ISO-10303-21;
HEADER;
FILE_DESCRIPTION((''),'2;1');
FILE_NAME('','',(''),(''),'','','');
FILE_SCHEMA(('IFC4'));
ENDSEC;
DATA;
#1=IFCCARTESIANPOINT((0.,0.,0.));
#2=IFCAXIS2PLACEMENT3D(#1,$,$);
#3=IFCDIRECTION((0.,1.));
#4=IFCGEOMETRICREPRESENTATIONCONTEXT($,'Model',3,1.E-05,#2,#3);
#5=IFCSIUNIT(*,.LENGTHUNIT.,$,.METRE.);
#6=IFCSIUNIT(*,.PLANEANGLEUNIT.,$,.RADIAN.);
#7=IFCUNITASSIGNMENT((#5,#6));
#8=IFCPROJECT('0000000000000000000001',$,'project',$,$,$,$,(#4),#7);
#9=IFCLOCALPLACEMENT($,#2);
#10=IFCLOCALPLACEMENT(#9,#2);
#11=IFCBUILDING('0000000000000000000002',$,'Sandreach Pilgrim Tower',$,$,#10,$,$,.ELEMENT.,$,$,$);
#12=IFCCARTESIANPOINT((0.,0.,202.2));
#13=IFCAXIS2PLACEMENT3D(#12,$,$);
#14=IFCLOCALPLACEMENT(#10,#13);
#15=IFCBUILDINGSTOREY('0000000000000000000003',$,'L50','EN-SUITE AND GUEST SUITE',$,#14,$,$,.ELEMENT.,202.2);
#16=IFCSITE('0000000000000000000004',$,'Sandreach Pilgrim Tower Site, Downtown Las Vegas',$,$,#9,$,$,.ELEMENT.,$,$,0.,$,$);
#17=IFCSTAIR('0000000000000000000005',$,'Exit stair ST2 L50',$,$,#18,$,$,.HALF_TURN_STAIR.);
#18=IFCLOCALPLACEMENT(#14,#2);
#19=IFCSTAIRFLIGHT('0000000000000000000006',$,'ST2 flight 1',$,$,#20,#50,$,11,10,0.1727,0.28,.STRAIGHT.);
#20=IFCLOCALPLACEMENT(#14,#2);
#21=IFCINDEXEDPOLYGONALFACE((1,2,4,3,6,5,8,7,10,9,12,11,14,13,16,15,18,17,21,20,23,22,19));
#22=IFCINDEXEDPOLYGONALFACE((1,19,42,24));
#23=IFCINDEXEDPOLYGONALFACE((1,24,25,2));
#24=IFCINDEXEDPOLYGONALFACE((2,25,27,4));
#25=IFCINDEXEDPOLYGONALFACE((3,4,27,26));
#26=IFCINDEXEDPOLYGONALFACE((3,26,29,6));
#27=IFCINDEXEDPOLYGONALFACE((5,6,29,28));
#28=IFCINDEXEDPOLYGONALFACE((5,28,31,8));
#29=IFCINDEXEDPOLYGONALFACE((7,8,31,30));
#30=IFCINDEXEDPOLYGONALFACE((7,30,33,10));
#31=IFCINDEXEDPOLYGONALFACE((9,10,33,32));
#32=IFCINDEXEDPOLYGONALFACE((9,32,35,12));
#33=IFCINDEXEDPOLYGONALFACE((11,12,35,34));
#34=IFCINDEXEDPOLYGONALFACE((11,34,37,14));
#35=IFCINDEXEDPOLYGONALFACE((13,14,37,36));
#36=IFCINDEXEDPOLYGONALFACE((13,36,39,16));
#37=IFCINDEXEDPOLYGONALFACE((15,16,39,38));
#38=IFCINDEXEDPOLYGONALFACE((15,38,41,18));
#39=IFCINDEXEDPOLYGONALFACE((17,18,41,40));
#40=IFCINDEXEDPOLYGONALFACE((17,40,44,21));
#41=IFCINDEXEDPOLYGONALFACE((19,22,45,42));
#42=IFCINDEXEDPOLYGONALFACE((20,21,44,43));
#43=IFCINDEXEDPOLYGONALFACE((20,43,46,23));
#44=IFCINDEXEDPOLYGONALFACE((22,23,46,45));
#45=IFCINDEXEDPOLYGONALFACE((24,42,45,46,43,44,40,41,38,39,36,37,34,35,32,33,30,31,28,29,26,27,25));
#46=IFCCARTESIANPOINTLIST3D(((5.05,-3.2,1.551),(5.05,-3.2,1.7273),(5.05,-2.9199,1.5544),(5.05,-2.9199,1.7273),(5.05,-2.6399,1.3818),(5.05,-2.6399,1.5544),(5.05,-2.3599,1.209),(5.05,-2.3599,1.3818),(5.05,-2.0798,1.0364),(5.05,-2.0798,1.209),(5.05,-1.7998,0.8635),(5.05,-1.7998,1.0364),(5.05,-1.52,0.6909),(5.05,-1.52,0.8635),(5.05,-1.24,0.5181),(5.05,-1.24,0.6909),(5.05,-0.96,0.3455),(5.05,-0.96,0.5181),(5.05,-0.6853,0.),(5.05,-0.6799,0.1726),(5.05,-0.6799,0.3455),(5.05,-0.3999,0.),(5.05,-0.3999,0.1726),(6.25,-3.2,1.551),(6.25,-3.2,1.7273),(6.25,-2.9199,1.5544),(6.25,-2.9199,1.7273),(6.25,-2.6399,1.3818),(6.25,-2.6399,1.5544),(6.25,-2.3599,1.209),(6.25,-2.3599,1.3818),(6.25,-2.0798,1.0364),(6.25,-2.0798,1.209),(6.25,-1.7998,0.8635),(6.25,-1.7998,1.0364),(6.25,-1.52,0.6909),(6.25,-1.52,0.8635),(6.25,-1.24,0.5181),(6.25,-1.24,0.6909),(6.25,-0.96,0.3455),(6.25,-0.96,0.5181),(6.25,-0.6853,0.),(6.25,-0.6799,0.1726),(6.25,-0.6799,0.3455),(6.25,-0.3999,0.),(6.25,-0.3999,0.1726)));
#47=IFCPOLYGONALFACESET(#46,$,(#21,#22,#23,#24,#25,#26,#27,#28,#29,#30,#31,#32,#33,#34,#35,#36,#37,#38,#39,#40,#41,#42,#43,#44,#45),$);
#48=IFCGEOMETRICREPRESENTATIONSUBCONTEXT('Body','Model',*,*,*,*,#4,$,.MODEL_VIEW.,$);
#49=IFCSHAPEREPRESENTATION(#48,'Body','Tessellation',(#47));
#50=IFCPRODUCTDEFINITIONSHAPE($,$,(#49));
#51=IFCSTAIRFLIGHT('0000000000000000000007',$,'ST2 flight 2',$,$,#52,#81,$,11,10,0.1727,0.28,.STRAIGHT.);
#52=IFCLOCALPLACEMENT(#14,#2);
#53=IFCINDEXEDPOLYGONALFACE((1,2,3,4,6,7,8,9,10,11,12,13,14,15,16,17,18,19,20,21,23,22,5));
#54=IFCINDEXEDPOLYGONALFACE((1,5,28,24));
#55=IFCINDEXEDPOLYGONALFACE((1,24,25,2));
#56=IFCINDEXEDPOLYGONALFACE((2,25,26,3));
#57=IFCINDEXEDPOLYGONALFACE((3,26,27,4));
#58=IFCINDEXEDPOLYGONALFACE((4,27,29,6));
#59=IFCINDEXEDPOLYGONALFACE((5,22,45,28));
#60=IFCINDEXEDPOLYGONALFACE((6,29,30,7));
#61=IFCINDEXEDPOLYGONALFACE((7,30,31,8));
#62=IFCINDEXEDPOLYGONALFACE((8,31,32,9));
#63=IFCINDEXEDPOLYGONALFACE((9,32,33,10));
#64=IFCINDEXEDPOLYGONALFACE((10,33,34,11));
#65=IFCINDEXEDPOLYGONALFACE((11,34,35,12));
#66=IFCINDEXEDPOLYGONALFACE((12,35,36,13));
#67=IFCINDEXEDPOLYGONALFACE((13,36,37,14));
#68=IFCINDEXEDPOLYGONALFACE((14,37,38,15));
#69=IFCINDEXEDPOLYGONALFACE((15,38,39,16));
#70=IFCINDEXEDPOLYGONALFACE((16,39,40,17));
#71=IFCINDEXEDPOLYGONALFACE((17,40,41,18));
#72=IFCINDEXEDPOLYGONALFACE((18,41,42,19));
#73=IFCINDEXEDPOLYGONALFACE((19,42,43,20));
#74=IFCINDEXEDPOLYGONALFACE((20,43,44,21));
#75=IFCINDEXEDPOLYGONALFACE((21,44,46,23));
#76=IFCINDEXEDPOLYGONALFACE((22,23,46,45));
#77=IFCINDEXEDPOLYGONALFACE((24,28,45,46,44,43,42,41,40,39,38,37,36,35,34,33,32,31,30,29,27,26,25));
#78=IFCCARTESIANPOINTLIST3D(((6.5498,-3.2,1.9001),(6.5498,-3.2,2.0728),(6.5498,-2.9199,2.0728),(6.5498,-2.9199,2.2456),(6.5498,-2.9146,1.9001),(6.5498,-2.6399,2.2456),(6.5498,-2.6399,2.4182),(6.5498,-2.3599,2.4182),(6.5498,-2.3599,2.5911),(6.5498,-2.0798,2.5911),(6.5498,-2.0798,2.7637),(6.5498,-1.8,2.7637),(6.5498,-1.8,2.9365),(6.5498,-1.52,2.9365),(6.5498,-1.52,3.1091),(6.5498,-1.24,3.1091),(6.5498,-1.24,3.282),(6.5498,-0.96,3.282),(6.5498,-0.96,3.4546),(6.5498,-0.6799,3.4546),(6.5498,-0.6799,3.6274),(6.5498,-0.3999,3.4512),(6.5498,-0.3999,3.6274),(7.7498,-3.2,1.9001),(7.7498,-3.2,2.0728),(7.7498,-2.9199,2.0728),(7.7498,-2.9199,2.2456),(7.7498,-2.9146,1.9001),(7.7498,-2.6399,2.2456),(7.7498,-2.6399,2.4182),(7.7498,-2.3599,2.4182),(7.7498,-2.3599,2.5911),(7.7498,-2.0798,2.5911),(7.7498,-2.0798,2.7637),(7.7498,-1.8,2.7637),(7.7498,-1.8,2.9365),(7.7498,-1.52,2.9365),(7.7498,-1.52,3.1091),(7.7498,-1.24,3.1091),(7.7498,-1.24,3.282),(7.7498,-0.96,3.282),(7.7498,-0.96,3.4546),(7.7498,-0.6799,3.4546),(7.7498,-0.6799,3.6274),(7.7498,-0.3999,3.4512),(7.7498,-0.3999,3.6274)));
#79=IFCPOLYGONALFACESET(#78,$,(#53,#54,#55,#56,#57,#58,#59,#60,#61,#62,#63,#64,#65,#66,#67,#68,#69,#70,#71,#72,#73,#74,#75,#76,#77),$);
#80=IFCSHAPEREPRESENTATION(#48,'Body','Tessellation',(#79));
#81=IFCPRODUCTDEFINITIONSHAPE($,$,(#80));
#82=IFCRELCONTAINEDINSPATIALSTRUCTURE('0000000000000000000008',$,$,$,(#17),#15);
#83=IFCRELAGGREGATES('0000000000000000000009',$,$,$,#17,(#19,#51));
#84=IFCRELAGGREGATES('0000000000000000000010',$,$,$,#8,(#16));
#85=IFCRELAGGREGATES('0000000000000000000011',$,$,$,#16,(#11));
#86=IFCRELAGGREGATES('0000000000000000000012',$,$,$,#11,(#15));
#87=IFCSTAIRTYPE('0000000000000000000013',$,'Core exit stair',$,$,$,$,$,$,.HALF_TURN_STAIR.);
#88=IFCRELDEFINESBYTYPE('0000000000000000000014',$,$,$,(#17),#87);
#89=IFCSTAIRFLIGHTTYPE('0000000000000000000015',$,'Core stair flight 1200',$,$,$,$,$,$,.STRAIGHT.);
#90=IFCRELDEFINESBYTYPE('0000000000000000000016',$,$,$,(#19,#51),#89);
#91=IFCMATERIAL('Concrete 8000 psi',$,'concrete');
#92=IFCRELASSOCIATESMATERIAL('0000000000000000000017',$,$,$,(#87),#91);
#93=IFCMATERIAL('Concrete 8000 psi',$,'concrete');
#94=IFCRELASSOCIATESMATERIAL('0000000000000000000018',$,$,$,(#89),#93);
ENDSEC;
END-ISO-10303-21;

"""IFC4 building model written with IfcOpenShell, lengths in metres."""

from ifc_helpers import new_model, si_unit, direction, frame, origin, place, context, subcontext, project, spatial, polyline, outline, extrude, material, type_object, element, aggregate, save


model = new_model("IFC4")

# Units and contexts
model_context = context("Model", 3, precision=1e-05, world=origin(), true_north=direction((0.0, 1.0)))
body_context = subcontext(model_context, "Body", "Model", "MODEL_VIEW")
ifc_project = project(units=[si_unit("LENGTHUNIT", "METRE"), si_unit("PLANEANGLEUNIT", "RADIAN")], contexts=[model_context])

# Site, building, storey
site_placement = place(None, origin())
site = spatial("IfcSite", under=ifc_project, at=site_placement, Name="Sandreach Pilgrim Tower Site, Downtown Las Vegas", CompositionType="ELEMENT", RefElevation=0.0)
building_placement = place(site_placement, origin())
building = spatial("IfcBuilding", under=site, at=building_placement, Name="Sandreach Pilgrim Tower", CompositionType="ELEMENT")
storey_placement = place(building_placement, frame((0.0, 0.0, 202.2)))
storey = spatial("IfcBuildingStorey", under=building, at=storey_placement, Name="L50", Description="EN-SUITE AND GUEST SUITE", CompositionType="ELEMENT", Elevation=202.2)

# Shared definitions
ifc_material_1 = material(Name="Concrete 8000 psi", Category="concrete")
stair_type = type_object("IfcStairType", Name="Core exit stair", PredefinedType="HALF_TURN_STAIR", material=ifc_material_1)

# Shared definitions
ifc_material_2 = material(Name="Concrete 8000 psi", Category="concrete")
stair_flight_type = type_object("IfcStairFlightType", Name="Core stair flight 1200", PredefinedType="STRAIGHT", material=ifc_material_2)

# Stair, stair flights
stair_1_placement = place(storey_placement, origin())
stair_1 = element("IfcStair", 1, at=stair_1_placement, inside=storey, type_object=stair_type, Name="Exit stair ST2 L50", PredefinedType="HALF_TURN_STAIR")
stair_flight_1_placement = place(storey_placement, frame((5.6499, -0.3999, 0.0), z_axis=(0.0, 0.0, 1.0), x_axis=(0.0, -1.0, 0.0)))
stair_flight_1 = element("IfcStairFlight", 2, at=stair_flight_1_placement, type_object=stair_flight_type, Name="ST2 flight 1", NumberOfRisers=11, NumberOfTreads=10, PredefinedType="STRAIGHT", RiserHeight=0.1727, TreadLength=0.28, context=body_context, shape_type="SweptSolid", body=[
    extrude(outline(polyline([(0.0, 0.0), (0.0, 0.1726), (0.28, 0.1726), (0.28, 0.3455), (0.5601, 0.3455), (0.5601, 0.5181), (0.8401, 0.5181), (0.8401, 0.6909), (1.1201, 0.6909), (1.1201, 0.8635), (1.3999, 0.8635), (1.3999, 1.0364), (1.6799, 1.0364), (1.6799, 1.209), (1.96, 1.209), (1.96, 1.3818), (2.24, 1.3818), (2.24, 1.5544), (2.52, 1.5544), (2.52, 1.7273), (2.8, 1.7273), (2.8, 1.8999), (2.8, 1.551), (0.2854, 0.0), (0.0, 0.0)])), frame((0.0, 0.6001, 0.0), z_axis=(0.0, -1.0, 0.0), x_axis=(1.0, 0.0, 0.0)), (0.0, 0.0, 1.0), 1.2),
])
stair_flight_2_placement = place(storey_placement, frame((7.1499, -3.2, 1.9001), z_axis=(0.0, 0.0, 1.0), x_axis=(0.0, 1.0, 0.0)))
stair_flight_2 = element("IfcStairFlight", 3, at=stair_flight_2_placement, type_object=stair_flight_type, Name="ST2 flight 2", NumberOfRisers=11, NumberOfTreads=10, PredefinedType="STRAIGHT", RiserHeight=0.1727, TreadLength=0.28, context=body_context, shape_type="SweptSolid", body=[
    extrude(outline(polyline([(0.0, 0.0), (0.0, 0.1726), (0.28, 0.1726), (0.28, 0.3455), (0.5601, 0.3455), (0.5601, 0.5181), (0.8401, 0.5181), (0.8401, 0.6909), (1.1201, 0.6909), (1.1201, 0.8635), (1.3999, 0.8635), (1.3999, 1.0364), (1.6799, 1.0364), (1.6799, 1.209), (1.96, 1.209), (1.96, 1.3818), (2.24, 1.3818), (2.24, 1.5544), (2.52, 1.5544), (2.52, 1.7273), (2.8, 1.7273), (2.8, 1.8999), (2.8, 1.551), (0.2854, 0.0), (0.0, 0.0)])), frame((0.0, 0.6001, 0.0), z_axis=(0.0, -1.0, 0.0), x_axis=(1.0, 0.0, 0.0)), (0.0, 0.0, 1.0), 1.2),
])
aggregate(stair_1, [stair_flight_1, stair_flight_2])

save(model, "model.ifc")
